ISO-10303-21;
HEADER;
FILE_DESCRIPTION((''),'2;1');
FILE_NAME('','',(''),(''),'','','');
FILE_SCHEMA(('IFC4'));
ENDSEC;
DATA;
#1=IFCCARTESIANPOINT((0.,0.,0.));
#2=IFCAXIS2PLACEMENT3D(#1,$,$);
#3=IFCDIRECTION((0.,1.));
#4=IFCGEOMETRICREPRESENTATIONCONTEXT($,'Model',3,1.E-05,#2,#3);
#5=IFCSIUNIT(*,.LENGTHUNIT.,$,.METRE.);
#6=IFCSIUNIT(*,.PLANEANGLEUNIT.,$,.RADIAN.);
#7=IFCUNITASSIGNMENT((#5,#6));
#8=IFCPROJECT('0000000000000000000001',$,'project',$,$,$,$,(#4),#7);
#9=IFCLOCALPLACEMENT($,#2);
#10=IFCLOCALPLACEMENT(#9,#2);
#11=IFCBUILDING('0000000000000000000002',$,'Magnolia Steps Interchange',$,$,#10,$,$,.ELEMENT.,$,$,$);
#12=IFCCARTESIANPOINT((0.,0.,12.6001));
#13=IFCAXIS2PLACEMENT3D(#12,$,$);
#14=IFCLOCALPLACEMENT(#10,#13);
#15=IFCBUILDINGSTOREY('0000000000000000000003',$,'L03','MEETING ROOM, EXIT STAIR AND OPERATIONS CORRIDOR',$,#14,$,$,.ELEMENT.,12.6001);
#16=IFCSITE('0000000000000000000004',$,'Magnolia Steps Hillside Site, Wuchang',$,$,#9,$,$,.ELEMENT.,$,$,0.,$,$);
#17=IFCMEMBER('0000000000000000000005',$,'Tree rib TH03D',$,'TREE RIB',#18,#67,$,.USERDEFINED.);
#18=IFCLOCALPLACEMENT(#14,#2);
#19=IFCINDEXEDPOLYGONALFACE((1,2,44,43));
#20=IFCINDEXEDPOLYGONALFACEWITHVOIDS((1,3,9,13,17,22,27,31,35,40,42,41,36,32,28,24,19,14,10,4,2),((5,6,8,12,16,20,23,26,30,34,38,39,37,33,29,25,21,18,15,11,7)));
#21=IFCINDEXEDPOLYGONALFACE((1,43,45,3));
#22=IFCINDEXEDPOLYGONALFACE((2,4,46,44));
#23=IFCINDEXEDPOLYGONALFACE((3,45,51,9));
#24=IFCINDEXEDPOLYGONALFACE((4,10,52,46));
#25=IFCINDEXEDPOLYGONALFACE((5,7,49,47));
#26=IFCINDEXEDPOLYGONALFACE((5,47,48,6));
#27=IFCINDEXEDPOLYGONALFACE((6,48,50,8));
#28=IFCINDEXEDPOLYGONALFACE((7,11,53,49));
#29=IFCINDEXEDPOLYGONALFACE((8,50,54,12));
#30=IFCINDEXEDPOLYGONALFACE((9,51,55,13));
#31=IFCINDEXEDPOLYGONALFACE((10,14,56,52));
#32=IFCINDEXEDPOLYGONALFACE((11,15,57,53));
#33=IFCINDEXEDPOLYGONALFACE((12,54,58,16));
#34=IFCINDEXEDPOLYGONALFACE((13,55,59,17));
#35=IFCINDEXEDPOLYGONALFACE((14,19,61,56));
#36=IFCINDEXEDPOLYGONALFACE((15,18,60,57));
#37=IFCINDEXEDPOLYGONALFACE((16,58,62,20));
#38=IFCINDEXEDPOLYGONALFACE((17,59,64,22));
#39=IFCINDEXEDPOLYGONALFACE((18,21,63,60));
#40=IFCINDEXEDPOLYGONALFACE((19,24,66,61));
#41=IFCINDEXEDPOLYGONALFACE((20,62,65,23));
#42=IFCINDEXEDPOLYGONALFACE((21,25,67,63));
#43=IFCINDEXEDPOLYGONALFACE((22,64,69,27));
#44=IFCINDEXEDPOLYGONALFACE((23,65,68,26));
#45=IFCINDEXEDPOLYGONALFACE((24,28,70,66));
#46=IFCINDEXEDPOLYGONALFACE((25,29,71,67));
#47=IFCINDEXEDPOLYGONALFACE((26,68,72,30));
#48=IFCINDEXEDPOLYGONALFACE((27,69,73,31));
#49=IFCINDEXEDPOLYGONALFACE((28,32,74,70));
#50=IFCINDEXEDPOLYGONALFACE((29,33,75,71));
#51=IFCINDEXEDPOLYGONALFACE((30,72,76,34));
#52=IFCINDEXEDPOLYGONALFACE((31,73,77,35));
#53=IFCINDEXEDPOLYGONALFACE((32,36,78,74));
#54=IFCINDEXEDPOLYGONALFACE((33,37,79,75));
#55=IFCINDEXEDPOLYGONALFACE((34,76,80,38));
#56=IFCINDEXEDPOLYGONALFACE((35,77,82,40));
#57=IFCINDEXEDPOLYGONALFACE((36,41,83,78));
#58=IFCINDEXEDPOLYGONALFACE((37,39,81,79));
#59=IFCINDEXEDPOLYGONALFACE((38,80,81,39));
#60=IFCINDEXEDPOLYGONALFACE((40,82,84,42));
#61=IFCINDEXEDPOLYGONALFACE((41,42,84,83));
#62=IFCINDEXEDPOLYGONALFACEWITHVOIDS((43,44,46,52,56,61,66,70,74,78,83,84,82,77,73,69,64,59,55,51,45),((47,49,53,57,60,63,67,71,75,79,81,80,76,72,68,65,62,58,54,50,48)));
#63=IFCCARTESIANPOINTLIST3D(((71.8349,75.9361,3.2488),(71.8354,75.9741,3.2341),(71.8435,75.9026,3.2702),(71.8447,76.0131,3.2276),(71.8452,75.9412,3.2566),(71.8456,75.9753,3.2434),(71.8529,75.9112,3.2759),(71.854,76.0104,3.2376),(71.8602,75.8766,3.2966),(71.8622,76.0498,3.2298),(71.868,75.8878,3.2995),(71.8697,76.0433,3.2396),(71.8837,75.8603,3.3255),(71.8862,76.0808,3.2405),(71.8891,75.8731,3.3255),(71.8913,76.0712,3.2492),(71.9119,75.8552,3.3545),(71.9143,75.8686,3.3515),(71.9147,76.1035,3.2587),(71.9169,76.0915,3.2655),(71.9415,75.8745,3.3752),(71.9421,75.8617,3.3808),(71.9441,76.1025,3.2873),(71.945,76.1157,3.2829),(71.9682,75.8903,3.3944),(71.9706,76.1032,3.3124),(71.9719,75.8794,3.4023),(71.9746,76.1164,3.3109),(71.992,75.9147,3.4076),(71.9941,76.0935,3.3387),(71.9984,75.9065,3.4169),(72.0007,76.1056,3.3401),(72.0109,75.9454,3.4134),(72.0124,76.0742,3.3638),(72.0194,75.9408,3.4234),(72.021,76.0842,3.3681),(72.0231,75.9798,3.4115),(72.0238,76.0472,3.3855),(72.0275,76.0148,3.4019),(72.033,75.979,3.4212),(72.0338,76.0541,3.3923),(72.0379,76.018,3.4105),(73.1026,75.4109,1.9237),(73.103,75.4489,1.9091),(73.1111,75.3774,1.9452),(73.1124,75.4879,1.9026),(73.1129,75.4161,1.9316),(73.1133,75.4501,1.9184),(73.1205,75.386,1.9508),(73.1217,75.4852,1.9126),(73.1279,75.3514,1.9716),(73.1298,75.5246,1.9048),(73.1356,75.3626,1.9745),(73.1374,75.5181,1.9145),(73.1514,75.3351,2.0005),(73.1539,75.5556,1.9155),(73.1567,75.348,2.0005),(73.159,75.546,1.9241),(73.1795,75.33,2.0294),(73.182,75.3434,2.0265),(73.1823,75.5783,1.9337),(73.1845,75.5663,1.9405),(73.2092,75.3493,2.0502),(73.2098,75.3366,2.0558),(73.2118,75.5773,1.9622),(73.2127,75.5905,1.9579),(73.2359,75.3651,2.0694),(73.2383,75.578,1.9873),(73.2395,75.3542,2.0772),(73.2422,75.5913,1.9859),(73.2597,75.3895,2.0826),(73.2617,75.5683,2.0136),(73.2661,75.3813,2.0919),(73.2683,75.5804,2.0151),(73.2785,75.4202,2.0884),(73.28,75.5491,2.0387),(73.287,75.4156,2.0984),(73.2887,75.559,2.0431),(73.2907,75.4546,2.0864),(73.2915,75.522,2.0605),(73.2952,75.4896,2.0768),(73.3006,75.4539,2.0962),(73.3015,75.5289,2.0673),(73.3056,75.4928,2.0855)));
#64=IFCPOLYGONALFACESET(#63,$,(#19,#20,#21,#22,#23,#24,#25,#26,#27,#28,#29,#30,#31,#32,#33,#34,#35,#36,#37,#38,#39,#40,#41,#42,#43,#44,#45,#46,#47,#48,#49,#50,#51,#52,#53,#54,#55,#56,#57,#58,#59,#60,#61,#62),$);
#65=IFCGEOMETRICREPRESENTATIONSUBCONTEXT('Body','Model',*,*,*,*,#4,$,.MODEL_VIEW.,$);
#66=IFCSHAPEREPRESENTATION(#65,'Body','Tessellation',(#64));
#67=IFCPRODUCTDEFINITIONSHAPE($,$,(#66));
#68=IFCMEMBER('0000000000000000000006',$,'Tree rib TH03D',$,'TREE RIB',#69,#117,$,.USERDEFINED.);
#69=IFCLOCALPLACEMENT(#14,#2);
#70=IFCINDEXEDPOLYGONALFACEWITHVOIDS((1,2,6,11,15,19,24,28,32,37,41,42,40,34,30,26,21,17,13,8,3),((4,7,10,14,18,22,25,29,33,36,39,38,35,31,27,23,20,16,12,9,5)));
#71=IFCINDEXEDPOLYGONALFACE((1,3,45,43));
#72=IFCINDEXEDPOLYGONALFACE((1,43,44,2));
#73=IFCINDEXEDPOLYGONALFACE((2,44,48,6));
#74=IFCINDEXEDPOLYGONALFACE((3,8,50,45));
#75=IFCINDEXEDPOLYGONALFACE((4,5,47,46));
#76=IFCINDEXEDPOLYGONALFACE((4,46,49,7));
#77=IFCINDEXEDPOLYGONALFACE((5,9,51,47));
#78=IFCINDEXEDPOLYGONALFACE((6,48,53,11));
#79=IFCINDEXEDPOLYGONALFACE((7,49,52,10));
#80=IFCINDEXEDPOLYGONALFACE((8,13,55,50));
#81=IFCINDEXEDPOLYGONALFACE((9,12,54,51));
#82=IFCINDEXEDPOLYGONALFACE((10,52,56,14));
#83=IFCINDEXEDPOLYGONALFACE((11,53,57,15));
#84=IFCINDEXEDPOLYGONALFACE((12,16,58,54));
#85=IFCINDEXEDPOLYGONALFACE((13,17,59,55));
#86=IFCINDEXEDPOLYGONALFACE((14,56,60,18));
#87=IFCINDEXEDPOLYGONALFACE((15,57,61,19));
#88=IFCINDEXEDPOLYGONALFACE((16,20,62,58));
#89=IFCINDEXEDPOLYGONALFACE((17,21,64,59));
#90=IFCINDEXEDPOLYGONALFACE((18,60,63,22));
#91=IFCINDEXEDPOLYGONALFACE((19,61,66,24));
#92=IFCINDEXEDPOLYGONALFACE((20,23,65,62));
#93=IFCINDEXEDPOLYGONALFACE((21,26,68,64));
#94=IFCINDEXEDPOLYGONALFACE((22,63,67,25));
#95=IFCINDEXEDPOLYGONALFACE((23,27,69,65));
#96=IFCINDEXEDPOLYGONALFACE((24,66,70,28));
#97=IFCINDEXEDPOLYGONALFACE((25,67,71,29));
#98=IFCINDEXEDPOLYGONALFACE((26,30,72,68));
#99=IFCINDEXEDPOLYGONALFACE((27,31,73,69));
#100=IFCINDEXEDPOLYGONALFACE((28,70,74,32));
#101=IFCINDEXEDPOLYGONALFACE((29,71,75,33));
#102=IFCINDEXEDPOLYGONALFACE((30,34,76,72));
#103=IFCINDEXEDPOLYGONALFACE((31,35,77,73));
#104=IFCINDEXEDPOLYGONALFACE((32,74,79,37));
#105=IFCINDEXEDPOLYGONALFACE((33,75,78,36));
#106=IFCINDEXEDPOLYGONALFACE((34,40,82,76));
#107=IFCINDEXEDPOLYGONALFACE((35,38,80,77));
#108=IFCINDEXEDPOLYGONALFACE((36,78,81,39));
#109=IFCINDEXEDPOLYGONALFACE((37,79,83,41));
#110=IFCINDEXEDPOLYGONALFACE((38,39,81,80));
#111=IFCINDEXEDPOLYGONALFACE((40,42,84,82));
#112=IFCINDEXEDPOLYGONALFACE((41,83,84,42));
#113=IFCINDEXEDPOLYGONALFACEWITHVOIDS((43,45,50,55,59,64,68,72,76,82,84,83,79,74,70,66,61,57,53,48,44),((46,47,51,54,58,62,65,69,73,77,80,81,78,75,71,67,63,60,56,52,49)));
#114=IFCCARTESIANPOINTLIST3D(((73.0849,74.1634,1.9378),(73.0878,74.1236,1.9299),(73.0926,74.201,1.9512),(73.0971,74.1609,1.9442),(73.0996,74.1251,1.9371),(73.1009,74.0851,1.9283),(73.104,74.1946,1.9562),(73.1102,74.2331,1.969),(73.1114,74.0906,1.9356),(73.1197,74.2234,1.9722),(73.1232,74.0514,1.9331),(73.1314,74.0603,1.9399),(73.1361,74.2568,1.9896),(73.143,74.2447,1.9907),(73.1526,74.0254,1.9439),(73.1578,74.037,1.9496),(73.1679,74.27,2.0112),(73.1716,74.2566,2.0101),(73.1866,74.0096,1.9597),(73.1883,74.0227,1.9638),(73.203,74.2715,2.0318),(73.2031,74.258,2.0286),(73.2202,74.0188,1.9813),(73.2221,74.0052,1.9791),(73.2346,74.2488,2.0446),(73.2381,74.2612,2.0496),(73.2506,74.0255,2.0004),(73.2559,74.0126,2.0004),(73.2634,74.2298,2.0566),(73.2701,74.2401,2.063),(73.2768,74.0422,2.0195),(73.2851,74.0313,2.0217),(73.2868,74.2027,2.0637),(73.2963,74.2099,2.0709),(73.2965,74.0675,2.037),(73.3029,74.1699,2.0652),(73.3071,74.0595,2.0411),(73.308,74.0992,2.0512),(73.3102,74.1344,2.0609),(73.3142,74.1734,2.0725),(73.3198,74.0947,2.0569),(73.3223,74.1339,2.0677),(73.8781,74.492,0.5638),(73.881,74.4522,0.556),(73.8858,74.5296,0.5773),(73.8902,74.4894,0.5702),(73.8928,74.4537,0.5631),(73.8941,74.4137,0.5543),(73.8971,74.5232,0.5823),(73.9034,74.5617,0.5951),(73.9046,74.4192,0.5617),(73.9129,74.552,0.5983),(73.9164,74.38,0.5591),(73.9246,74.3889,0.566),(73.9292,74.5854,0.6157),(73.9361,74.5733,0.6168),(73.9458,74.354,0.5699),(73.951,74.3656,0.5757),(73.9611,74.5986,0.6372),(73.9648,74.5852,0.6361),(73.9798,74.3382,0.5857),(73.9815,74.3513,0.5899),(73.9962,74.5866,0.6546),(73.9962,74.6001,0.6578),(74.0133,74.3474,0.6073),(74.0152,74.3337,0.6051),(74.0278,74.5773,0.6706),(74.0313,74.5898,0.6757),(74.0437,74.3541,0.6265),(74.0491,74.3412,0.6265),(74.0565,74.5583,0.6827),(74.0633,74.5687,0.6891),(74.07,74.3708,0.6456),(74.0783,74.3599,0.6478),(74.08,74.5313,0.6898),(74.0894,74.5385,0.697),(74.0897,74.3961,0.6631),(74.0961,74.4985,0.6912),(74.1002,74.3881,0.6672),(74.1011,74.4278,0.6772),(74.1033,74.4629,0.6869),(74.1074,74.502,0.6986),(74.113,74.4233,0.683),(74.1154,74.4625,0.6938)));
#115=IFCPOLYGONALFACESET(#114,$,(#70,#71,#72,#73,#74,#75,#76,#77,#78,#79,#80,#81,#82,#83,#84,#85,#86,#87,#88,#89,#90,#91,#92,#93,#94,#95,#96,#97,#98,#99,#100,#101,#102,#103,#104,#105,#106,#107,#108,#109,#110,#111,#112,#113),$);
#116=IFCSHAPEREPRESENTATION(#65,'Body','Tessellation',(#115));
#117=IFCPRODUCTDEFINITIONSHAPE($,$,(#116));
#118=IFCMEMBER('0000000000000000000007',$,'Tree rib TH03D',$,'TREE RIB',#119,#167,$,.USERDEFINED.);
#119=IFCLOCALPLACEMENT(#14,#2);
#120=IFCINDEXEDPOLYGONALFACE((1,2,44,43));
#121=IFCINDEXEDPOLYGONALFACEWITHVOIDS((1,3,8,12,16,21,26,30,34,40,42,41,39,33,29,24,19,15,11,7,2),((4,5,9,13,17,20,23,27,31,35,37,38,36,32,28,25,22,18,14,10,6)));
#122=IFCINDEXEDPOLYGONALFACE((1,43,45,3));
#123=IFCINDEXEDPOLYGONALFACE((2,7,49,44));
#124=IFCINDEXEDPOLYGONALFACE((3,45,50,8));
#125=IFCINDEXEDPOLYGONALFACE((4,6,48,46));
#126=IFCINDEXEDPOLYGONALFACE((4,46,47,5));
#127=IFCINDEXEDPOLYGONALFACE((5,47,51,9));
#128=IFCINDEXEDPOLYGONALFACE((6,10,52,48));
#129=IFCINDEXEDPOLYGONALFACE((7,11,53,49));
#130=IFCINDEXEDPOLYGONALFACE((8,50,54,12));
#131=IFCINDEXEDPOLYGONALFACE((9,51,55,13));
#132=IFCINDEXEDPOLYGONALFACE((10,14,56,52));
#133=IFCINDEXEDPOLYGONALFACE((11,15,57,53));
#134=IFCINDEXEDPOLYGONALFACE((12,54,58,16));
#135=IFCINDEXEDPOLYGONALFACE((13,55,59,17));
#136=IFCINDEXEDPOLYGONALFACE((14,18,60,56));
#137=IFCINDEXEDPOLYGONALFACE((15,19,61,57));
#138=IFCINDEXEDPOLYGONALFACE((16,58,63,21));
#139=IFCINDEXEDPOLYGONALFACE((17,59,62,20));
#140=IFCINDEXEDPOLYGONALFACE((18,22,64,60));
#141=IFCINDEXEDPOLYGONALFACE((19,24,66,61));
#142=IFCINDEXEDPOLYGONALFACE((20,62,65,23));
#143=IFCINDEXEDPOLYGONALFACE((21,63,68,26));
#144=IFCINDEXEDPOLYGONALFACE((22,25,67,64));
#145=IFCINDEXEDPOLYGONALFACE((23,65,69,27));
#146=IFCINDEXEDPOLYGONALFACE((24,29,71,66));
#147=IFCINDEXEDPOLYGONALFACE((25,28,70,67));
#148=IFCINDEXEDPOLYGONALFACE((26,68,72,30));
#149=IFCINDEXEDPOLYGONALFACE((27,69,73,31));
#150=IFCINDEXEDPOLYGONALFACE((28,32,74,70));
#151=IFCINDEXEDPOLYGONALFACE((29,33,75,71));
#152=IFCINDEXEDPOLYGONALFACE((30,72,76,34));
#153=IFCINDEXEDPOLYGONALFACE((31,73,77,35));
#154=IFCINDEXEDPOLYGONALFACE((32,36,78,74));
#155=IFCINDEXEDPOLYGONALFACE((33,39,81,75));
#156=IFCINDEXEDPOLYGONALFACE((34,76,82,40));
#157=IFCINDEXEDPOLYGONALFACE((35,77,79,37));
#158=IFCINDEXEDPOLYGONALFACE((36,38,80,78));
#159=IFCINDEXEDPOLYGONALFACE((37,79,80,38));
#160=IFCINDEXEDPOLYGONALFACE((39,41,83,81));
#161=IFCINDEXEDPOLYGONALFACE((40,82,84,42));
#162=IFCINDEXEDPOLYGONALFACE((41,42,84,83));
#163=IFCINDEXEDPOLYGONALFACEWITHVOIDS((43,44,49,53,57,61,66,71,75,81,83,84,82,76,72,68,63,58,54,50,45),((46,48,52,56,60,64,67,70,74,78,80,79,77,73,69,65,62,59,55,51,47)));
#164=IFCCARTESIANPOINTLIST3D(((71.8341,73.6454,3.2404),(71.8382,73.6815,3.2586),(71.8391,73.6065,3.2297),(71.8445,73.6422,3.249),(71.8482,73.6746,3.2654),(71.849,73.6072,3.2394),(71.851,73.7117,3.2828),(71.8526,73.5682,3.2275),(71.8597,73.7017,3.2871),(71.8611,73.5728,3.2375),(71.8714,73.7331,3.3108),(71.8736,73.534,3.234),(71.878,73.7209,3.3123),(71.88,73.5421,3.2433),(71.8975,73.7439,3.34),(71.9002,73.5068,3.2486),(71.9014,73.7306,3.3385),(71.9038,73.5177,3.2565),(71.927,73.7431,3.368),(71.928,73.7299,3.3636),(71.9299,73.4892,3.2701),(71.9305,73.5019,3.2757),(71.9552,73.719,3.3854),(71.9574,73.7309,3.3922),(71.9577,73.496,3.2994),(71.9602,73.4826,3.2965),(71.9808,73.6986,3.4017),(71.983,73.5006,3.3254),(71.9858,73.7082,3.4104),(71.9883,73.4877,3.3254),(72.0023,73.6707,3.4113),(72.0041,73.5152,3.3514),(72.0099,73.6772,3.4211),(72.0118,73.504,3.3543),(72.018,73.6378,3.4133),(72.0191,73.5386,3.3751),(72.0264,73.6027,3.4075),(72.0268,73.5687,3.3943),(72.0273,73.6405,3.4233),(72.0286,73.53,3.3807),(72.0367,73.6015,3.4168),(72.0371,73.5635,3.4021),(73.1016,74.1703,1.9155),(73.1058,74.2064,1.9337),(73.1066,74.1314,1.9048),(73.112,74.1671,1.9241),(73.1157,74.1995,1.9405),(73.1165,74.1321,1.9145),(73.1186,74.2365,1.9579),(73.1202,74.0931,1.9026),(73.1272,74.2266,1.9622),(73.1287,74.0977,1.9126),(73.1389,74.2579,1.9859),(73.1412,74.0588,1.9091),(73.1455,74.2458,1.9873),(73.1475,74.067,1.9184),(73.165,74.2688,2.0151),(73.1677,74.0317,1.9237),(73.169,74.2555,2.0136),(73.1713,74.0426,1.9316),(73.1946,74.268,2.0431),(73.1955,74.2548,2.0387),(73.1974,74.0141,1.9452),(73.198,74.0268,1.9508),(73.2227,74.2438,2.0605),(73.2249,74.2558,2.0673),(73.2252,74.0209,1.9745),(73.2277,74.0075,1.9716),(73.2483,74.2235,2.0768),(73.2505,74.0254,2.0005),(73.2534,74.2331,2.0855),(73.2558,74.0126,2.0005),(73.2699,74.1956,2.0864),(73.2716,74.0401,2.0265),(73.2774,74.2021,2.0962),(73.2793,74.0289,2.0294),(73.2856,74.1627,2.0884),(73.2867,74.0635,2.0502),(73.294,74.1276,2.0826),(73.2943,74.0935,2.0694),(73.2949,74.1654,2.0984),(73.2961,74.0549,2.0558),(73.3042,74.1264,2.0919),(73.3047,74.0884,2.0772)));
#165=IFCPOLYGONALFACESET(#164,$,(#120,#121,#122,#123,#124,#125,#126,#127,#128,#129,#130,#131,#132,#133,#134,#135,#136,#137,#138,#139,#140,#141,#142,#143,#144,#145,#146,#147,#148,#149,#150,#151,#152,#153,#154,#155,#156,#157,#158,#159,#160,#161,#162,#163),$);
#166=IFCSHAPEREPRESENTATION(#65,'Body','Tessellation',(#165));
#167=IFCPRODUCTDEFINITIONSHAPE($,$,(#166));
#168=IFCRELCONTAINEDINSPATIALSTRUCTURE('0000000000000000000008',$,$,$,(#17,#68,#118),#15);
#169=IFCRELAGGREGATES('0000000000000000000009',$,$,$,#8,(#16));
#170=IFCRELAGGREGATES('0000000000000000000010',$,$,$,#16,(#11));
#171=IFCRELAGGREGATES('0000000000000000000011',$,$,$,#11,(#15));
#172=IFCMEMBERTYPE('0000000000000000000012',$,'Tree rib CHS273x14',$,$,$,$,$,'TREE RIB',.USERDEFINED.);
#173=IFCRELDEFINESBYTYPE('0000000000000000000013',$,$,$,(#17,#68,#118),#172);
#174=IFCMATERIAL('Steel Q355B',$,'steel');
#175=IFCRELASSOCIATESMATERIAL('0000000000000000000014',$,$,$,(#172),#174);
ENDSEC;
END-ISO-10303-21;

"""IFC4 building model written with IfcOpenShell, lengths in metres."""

from ifc_helpers import new_model, si_unit, direction, frame, origin, origin_2d, place, context, subcontext, project, spatial, hollow_circle, extrude, material, material_profile, profile_set, type_object, element, save


model = new_model("IFC4")

# Units and contexts
model_context = context("Model", 3, precision=1e-05, world=origin(), true_north=direction((0.0, 1.0)))
body_context = subcontext(model_context, "Body", "Model", "MODEL_VIEW")
ifc_project = project(units=[si_unit("LENGTHUNIT", "METRE"), si_unit("PLANEANGLEUNIT", "RADIAN")], contexts=[model_context])

# Site, building, storey
site_placement = place(None, origin())
site = spatial("IfcSite", under=ifc_project, at=site_placement, Name="Magnolia Steps Hillside Site, Wuchang", CompositionType="ELEMENT", RefElevation=0.0)
building_placement = place(site_placement, origin())
building = spatial("IfcBuilding", under=site, at=building_placement, Name="Magnolia Steps Interchange", CompositionType="ELEMENT")
storey_placement = place(building_placement, frame((0.0, 0.0, 12.6001)))
storey = spatial("IfcBuildingStorey", under=building, at=storey_placement, Name="L03", Description="MEETING ROOM, EXIT STAIR AND OPERATIONS CORRIDOR", CompositionType="ELEMENT", Elevation=12.6001)

# Members
ifc_material_1 = material(Name="Steel Q355B", Category="steel")
ifc_material_profile_1 = material_profile(ifc_material_1, hollow_circle(Radius=0.1365, WallThickness=0.0139, at=origin_2d()), Name="CHS273x14")
ifc_profile_set_1 = profile_set([ifc_material_profile_1], Name="Steel Q355B")
member_type = type_object("IfcMemberType", Name="Tree rib CHS273x14", ElementType="TREE RIB", PredefinedType="USERDEFINED", material=ifc_profile_set_1)
member_1_placement = place(storey_placement, frame((73.2036, 75.4612, 2.0005), z_axis=(-0.664571, 0.275326, 0.694651), x_axis=(-0.382745, -0.923854, 0.0)))
element("IfcMember", 1, at=member_1_placement, inside=storey, type_object=member_type, Name="Tree rib TH03D", ObjectType="TREE RIB", PredefinedType="USERDEFINED", context=body_context, shape_type="SweptSolid", body=[
    extrude(hollow_circle(Radius=0.1365, WallThickness=0.0139, at=origin_2d()), origin(), (0.0, 0.0, 1.0), 1.9075),
])
member_2_placement = place(storey_placement, frame((73.9968, 74.4673, 0.6265), z_axis=(-0.489571, -0.20282, 0.848047), x_axis=(0.382737, -0.923857, 0.0)))
element("IfcMember", 2, at=member_2_placement, inside=storey, type_object=member_type, Name="Tree rib TH03D", ObjectType="TREE RIB", PredefinedType="USERDEFINED", context=body_context, shape_type="SweptSolid", body=[
    extrude(hollow_circle(Radius=0.1365, WallThickness=0.0139, at=origin_2d()), origin(), (0.0, 0.0, 1.0), 1.6201),
])
member_3_placement = place(storey_placement, frame((73.2036, 74.1387, 2.0005), z_axis=(-0.664595, -0.275208, 0.694676), x_axis=(0.382593, -0.923917, 0.0)))
element("IfcMember", 3, at=member_3_placement, inside=storey, type_object=member_type, Name="Tree rib TH03D", ObjectType="TREE RIB", PredefinedType="USERDEFINED", context=body_context, shape_type="SweptSolid", body=[
    extrude(hollow_circle(Radius=0.1365, WallThickness=0.0139, at=origin_2d()), origin(), (0.0, 0.0, 1.0), 1.9072),
])

save(model, "model.ifc")
